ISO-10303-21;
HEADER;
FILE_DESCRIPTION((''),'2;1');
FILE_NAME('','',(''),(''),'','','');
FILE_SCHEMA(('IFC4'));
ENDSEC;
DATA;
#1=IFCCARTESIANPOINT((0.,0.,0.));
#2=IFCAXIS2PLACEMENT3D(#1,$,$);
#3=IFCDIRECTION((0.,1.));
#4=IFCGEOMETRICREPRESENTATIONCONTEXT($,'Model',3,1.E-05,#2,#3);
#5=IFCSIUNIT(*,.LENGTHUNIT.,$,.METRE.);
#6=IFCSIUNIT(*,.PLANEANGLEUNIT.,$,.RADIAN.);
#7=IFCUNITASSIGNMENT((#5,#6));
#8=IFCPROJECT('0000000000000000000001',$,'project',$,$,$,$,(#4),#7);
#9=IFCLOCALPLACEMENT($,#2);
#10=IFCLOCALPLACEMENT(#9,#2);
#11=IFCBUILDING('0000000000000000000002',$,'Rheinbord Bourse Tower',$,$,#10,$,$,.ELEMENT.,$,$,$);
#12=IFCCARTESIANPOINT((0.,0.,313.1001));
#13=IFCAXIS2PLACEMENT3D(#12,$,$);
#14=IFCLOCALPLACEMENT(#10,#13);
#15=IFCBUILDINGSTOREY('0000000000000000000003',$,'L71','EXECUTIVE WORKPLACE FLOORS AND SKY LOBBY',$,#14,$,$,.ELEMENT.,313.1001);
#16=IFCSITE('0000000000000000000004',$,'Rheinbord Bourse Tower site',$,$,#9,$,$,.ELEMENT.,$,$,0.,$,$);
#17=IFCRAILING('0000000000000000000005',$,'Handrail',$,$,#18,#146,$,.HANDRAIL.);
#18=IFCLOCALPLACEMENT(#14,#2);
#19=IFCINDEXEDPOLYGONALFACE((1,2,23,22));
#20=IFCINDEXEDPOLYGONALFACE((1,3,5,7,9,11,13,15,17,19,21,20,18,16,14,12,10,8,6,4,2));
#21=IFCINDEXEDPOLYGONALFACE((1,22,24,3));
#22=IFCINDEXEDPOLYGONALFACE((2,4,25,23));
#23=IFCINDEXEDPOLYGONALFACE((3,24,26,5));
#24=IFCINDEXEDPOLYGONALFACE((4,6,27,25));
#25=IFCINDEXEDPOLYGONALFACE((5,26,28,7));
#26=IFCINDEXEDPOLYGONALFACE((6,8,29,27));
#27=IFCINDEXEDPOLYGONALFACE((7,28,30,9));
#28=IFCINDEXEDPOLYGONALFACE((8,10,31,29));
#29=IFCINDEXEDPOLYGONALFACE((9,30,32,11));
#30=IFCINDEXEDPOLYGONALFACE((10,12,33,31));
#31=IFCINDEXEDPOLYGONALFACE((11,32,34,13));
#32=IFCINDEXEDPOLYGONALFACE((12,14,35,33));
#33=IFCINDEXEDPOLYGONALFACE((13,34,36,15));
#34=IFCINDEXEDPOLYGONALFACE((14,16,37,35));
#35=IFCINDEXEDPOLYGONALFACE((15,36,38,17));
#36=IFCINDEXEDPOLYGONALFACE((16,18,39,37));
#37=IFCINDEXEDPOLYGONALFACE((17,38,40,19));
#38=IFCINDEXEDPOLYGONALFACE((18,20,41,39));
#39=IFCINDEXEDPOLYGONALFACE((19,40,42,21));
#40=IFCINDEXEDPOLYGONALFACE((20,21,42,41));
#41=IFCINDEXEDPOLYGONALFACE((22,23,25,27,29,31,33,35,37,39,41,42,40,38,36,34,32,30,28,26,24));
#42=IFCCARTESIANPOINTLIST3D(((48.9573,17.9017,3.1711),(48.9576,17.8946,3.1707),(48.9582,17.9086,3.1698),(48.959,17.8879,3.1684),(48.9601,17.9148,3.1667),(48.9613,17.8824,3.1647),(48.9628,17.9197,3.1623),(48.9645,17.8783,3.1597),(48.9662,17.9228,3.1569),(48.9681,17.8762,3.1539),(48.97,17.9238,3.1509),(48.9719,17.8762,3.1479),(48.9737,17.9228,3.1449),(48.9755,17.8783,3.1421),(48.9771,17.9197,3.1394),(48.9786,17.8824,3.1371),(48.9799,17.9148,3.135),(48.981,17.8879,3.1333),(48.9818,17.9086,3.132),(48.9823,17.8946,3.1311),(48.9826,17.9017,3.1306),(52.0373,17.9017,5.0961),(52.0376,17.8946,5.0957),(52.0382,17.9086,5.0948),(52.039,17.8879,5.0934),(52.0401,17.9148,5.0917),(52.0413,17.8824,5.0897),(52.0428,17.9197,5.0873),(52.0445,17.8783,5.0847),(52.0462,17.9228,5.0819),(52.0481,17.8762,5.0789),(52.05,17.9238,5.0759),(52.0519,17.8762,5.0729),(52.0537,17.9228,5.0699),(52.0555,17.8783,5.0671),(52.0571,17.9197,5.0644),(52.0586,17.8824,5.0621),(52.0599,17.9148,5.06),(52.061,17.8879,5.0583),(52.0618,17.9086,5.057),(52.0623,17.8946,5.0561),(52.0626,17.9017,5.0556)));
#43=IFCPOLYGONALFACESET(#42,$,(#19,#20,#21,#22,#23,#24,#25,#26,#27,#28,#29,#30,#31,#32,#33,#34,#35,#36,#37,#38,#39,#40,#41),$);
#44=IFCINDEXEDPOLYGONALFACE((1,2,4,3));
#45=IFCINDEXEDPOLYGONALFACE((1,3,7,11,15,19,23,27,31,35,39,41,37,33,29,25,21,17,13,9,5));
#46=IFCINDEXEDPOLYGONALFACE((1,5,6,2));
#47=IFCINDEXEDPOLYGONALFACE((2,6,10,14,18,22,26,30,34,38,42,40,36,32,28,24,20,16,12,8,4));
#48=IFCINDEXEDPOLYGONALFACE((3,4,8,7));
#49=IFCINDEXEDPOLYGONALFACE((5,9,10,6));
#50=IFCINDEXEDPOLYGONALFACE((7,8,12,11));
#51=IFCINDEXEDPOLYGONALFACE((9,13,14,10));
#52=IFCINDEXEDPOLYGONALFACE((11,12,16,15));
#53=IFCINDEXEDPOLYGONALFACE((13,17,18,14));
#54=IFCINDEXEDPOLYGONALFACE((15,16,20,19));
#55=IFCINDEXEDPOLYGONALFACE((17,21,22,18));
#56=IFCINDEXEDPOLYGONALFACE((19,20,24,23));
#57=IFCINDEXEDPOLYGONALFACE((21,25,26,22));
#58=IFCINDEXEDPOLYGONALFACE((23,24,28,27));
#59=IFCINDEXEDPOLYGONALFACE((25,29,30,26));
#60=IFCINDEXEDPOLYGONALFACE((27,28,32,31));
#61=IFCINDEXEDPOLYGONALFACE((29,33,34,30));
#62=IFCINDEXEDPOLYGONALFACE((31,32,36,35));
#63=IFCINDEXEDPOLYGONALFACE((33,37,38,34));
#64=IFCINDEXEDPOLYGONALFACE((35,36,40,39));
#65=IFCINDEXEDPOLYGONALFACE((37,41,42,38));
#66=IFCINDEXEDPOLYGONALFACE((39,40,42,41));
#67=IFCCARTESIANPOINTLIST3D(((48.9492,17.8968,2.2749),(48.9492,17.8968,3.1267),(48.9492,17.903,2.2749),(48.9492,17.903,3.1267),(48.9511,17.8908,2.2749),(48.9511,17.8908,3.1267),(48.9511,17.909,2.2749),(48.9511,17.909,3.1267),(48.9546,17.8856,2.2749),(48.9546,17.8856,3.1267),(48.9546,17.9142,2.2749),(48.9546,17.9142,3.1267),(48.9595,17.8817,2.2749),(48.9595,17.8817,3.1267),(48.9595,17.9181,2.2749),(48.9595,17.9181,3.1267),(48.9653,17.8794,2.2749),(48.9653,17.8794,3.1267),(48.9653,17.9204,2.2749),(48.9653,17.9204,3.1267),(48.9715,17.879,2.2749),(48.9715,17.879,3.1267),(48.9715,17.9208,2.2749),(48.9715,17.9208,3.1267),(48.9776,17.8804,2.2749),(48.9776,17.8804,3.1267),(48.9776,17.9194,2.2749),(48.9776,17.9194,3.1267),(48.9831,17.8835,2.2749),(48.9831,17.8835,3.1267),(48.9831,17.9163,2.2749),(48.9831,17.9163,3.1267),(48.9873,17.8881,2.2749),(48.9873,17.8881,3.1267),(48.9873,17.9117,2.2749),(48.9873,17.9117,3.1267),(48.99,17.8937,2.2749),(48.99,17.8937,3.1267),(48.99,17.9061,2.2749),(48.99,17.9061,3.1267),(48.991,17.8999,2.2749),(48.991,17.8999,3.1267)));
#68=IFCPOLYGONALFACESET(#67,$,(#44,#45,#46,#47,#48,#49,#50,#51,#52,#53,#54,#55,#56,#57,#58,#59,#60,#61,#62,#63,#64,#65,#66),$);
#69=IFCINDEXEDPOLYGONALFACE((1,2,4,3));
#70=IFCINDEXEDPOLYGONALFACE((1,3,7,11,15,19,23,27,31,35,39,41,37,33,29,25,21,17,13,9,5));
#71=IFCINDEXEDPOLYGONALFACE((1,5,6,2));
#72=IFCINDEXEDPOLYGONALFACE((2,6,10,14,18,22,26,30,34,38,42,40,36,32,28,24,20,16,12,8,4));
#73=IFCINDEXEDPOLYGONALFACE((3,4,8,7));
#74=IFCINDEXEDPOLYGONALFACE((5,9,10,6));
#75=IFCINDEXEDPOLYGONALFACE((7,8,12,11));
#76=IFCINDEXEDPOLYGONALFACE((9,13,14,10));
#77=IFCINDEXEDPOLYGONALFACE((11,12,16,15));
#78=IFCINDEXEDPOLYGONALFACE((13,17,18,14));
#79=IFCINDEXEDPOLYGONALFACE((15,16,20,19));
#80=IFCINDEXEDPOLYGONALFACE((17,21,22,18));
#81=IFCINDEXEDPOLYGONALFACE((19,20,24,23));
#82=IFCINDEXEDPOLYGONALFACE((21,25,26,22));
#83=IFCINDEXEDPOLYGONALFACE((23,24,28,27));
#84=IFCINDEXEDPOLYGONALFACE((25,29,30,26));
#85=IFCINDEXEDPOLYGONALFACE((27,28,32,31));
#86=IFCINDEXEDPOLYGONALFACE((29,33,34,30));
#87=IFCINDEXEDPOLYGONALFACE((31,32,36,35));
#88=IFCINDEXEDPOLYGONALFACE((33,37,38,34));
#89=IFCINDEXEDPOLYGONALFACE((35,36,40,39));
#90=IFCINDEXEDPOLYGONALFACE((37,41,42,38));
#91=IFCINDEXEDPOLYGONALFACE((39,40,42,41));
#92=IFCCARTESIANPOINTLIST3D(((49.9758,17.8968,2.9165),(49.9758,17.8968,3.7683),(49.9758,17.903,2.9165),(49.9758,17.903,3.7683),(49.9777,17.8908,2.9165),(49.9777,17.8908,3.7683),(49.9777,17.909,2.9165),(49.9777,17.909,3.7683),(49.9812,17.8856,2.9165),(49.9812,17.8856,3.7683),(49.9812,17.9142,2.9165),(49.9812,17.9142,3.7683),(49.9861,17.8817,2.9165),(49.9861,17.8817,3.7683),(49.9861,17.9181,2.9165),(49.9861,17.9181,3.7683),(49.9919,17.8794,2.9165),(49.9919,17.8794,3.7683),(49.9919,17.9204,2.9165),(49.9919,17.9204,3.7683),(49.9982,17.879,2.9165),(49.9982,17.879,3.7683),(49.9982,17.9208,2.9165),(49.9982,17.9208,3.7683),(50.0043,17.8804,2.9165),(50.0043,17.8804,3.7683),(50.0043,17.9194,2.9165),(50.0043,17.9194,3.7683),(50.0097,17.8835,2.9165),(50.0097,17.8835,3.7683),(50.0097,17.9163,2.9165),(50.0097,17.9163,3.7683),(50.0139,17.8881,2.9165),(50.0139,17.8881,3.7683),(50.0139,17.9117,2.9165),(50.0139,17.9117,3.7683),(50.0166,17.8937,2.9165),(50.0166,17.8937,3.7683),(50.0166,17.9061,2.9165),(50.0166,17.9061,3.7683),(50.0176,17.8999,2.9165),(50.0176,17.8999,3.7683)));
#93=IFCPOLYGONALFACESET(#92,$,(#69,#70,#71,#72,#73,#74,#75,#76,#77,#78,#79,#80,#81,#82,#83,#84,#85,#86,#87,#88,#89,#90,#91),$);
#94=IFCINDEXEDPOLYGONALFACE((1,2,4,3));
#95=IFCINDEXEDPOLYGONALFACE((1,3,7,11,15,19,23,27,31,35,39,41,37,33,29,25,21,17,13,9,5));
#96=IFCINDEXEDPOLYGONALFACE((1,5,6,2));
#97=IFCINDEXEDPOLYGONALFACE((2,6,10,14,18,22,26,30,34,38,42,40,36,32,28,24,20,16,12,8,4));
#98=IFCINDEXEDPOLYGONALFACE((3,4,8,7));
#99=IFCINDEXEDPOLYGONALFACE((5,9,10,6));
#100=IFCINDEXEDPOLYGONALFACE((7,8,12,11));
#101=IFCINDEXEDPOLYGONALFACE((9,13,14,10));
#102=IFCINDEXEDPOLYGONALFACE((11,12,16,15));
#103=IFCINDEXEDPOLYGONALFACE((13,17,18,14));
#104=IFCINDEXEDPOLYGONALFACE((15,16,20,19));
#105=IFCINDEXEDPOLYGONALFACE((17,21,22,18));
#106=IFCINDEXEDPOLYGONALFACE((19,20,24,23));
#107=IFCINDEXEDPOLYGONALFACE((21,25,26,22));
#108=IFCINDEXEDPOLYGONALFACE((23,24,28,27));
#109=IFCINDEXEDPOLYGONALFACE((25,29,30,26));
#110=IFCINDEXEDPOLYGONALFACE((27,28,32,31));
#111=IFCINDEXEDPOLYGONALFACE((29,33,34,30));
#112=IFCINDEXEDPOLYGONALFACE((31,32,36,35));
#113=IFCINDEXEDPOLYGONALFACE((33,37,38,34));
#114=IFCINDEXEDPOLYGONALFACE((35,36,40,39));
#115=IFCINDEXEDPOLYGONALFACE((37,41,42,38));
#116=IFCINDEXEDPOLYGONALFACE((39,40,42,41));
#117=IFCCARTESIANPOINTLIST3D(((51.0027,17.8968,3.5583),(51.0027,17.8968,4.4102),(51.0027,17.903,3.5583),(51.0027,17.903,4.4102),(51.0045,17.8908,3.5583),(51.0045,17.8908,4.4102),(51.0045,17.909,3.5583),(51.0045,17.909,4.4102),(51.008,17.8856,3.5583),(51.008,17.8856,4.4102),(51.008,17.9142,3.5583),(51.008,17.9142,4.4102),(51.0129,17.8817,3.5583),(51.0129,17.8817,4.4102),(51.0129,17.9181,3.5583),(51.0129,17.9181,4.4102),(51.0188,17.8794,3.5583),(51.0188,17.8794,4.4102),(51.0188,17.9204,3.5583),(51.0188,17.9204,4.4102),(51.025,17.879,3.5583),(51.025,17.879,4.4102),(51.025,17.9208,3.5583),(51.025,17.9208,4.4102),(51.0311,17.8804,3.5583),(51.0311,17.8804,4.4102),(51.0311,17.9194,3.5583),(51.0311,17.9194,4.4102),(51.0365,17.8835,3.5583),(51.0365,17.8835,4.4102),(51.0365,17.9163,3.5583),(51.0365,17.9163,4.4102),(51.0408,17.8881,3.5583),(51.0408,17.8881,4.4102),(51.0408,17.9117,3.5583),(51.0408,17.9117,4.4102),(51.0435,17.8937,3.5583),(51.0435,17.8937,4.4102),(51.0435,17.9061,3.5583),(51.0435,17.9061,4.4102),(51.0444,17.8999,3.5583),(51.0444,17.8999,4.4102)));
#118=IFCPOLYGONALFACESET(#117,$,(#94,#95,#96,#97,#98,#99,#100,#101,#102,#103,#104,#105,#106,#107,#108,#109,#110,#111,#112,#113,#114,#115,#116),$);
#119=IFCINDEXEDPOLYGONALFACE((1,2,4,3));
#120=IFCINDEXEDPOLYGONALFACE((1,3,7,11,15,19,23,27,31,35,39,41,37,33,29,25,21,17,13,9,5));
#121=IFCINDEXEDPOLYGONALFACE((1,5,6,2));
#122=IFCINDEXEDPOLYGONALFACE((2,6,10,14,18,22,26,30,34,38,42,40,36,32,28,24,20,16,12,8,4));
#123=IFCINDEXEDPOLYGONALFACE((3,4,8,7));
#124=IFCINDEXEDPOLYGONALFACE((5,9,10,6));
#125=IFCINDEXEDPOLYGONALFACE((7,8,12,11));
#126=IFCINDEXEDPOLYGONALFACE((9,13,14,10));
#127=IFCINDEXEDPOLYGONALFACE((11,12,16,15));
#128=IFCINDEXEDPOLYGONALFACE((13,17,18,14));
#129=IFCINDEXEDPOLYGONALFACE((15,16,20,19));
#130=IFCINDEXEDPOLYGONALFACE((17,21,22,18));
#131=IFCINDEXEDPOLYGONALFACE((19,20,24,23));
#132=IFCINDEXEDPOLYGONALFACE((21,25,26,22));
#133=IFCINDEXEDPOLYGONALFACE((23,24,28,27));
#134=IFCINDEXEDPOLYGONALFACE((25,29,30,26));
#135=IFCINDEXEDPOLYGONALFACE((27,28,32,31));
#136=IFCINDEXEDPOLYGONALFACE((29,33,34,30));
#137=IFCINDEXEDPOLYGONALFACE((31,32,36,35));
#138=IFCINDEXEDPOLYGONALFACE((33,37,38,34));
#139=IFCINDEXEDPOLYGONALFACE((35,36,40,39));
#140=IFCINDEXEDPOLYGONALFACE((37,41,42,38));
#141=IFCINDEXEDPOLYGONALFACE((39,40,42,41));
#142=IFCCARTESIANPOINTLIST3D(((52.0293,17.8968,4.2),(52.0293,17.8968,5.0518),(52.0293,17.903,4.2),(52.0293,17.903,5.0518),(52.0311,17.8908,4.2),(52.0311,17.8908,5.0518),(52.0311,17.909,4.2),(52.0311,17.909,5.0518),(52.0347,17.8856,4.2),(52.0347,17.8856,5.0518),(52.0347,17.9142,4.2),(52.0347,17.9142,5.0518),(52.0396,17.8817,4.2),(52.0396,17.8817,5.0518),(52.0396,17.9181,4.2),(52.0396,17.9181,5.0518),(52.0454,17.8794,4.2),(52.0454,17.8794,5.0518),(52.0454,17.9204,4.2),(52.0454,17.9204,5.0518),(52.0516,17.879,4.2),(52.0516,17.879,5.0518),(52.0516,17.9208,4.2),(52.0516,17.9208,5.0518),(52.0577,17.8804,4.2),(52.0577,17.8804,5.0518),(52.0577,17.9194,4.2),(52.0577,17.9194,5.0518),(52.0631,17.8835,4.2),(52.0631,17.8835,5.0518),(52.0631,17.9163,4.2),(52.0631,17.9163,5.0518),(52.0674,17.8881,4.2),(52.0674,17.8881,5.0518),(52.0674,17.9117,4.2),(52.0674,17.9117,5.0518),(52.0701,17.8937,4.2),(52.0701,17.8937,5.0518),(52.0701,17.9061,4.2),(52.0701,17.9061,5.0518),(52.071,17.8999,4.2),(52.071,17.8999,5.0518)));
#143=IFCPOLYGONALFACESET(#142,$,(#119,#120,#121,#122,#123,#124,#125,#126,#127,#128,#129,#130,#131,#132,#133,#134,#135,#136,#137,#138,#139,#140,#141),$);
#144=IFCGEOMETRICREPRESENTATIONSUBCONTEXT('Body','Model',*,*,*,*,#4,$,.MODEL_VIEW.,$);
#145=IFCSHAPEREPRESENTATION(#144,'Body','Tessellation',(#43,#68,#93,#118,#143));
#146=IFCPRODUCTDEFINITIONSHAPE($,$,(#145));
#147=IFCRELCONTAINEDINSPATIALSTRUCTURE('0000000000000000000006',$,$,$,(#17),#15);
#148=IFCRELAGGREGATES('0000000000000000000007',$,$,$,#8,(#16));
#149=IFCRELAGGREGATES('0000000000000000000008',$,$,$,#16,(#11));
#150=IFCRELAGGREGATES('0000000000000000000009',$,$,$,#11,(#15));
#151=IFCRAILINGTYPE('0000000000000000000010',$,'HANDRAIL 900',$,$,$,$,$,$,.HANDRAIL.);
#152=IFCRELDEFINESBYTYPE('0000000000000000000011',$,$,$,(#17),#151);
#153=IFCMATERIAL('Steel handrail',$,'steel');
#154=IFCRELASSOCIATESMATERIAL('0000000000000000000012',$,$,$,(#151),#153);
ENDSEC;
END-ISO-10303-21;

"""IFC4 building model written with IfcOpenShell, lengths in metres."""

from ifc_helpers import new_model, si_unit, direction, frame, origin, origin_2d, place, context, subcontext, project, spatial, circle, extrude, material, type_object, element, save


model = new_model("IFC4")

# Units and contexts
model_context = context("Model", 3, precision=1e-05, world=origin(), true_north=direction((0.0, 1.0)))
body_context = subcontext(model_context, "Body", "Model", "MODEL_VIEW")
ifc_project = project(units=[si_unit("LENGTHUNIT", "METRE"), si_unit("PLANEANGLEUNIT", "RADIAN")], contexts=[model_context])

# Site, building, storey
site_placement = place(None, origin())
site = spatial("IfcSite", under=ifc_project, at=site_placement, Name="Rheinbord Bourse Tower site", CompositionType="ELEMENT", RefElevation=0.0)
building_placement = place(site_placement, origin())
building = spatial("IfcBuilding", under=site, at=building_placement, Name="Rheinbord Bourse Tower", CompositionType="ELEMENT")
storey_placement = place(building_placement, frame((0.0, 0.0, 313.1001)))
storey = spatial("IfcBuildingStorey", under=building, at=storey_placement, Name="L71", Description="EXECUTIVE WORKPLACE FLOORS AND SKY LOBBY", CompositionType="ELEMENT", Elevation=313.1001)

# Railing
ifc_material_1 = material(Name="Steel handrail", Category="steel")
railing_type = type_object("IfcRailingType", Name="HANDRAIL 900", PredefinedType="HANDRAIL", material=ifc_material_1)
railing_1_placement = place(storey_placement, frame((48.97, 17.8999, 2.2749)))
element("IfcRailing", 1, at=railing_1_placement, inside=storey, type_object=railing_type, Name="Handrail", PredefinedType="HANDRAIL", context=body_context, shape_type="SweptSolid", body=[
    extrude(circle(Radius=0.0239, at=origin_2d()), frame((0.0, 0.0, 0.876), z_axis=(0.847998, 0.0, 0.529999), x_axis=(0.0, 1.0, 0.0)), (0.0, 0.0, 1.0), 3.6321),
    extrude(circle(Radius=0.021, at=origin_2d()), origin(), (0.0, 0.0, 1.0), 0.8518),
    extrude(circle(Radius=0.021, at=origin_2d()), frame((1.0266, 0.0, 0.6416)), (0.0, 0.0, 1.0), 0.8518),
    extrude(circle(Radius=0.021, at=origin_2d()), frame((2.0535, 0.0, 1.2834)), (0.0, 0.0, 1.0), 0.8518),
    extrude(circle(Radius=0.021, at=origin_2d()), frame((3.0801, 0.0, 1.925)), (0.0, 0.0, 1.0), 0.8518),
])

save(model, "model.ifc")
